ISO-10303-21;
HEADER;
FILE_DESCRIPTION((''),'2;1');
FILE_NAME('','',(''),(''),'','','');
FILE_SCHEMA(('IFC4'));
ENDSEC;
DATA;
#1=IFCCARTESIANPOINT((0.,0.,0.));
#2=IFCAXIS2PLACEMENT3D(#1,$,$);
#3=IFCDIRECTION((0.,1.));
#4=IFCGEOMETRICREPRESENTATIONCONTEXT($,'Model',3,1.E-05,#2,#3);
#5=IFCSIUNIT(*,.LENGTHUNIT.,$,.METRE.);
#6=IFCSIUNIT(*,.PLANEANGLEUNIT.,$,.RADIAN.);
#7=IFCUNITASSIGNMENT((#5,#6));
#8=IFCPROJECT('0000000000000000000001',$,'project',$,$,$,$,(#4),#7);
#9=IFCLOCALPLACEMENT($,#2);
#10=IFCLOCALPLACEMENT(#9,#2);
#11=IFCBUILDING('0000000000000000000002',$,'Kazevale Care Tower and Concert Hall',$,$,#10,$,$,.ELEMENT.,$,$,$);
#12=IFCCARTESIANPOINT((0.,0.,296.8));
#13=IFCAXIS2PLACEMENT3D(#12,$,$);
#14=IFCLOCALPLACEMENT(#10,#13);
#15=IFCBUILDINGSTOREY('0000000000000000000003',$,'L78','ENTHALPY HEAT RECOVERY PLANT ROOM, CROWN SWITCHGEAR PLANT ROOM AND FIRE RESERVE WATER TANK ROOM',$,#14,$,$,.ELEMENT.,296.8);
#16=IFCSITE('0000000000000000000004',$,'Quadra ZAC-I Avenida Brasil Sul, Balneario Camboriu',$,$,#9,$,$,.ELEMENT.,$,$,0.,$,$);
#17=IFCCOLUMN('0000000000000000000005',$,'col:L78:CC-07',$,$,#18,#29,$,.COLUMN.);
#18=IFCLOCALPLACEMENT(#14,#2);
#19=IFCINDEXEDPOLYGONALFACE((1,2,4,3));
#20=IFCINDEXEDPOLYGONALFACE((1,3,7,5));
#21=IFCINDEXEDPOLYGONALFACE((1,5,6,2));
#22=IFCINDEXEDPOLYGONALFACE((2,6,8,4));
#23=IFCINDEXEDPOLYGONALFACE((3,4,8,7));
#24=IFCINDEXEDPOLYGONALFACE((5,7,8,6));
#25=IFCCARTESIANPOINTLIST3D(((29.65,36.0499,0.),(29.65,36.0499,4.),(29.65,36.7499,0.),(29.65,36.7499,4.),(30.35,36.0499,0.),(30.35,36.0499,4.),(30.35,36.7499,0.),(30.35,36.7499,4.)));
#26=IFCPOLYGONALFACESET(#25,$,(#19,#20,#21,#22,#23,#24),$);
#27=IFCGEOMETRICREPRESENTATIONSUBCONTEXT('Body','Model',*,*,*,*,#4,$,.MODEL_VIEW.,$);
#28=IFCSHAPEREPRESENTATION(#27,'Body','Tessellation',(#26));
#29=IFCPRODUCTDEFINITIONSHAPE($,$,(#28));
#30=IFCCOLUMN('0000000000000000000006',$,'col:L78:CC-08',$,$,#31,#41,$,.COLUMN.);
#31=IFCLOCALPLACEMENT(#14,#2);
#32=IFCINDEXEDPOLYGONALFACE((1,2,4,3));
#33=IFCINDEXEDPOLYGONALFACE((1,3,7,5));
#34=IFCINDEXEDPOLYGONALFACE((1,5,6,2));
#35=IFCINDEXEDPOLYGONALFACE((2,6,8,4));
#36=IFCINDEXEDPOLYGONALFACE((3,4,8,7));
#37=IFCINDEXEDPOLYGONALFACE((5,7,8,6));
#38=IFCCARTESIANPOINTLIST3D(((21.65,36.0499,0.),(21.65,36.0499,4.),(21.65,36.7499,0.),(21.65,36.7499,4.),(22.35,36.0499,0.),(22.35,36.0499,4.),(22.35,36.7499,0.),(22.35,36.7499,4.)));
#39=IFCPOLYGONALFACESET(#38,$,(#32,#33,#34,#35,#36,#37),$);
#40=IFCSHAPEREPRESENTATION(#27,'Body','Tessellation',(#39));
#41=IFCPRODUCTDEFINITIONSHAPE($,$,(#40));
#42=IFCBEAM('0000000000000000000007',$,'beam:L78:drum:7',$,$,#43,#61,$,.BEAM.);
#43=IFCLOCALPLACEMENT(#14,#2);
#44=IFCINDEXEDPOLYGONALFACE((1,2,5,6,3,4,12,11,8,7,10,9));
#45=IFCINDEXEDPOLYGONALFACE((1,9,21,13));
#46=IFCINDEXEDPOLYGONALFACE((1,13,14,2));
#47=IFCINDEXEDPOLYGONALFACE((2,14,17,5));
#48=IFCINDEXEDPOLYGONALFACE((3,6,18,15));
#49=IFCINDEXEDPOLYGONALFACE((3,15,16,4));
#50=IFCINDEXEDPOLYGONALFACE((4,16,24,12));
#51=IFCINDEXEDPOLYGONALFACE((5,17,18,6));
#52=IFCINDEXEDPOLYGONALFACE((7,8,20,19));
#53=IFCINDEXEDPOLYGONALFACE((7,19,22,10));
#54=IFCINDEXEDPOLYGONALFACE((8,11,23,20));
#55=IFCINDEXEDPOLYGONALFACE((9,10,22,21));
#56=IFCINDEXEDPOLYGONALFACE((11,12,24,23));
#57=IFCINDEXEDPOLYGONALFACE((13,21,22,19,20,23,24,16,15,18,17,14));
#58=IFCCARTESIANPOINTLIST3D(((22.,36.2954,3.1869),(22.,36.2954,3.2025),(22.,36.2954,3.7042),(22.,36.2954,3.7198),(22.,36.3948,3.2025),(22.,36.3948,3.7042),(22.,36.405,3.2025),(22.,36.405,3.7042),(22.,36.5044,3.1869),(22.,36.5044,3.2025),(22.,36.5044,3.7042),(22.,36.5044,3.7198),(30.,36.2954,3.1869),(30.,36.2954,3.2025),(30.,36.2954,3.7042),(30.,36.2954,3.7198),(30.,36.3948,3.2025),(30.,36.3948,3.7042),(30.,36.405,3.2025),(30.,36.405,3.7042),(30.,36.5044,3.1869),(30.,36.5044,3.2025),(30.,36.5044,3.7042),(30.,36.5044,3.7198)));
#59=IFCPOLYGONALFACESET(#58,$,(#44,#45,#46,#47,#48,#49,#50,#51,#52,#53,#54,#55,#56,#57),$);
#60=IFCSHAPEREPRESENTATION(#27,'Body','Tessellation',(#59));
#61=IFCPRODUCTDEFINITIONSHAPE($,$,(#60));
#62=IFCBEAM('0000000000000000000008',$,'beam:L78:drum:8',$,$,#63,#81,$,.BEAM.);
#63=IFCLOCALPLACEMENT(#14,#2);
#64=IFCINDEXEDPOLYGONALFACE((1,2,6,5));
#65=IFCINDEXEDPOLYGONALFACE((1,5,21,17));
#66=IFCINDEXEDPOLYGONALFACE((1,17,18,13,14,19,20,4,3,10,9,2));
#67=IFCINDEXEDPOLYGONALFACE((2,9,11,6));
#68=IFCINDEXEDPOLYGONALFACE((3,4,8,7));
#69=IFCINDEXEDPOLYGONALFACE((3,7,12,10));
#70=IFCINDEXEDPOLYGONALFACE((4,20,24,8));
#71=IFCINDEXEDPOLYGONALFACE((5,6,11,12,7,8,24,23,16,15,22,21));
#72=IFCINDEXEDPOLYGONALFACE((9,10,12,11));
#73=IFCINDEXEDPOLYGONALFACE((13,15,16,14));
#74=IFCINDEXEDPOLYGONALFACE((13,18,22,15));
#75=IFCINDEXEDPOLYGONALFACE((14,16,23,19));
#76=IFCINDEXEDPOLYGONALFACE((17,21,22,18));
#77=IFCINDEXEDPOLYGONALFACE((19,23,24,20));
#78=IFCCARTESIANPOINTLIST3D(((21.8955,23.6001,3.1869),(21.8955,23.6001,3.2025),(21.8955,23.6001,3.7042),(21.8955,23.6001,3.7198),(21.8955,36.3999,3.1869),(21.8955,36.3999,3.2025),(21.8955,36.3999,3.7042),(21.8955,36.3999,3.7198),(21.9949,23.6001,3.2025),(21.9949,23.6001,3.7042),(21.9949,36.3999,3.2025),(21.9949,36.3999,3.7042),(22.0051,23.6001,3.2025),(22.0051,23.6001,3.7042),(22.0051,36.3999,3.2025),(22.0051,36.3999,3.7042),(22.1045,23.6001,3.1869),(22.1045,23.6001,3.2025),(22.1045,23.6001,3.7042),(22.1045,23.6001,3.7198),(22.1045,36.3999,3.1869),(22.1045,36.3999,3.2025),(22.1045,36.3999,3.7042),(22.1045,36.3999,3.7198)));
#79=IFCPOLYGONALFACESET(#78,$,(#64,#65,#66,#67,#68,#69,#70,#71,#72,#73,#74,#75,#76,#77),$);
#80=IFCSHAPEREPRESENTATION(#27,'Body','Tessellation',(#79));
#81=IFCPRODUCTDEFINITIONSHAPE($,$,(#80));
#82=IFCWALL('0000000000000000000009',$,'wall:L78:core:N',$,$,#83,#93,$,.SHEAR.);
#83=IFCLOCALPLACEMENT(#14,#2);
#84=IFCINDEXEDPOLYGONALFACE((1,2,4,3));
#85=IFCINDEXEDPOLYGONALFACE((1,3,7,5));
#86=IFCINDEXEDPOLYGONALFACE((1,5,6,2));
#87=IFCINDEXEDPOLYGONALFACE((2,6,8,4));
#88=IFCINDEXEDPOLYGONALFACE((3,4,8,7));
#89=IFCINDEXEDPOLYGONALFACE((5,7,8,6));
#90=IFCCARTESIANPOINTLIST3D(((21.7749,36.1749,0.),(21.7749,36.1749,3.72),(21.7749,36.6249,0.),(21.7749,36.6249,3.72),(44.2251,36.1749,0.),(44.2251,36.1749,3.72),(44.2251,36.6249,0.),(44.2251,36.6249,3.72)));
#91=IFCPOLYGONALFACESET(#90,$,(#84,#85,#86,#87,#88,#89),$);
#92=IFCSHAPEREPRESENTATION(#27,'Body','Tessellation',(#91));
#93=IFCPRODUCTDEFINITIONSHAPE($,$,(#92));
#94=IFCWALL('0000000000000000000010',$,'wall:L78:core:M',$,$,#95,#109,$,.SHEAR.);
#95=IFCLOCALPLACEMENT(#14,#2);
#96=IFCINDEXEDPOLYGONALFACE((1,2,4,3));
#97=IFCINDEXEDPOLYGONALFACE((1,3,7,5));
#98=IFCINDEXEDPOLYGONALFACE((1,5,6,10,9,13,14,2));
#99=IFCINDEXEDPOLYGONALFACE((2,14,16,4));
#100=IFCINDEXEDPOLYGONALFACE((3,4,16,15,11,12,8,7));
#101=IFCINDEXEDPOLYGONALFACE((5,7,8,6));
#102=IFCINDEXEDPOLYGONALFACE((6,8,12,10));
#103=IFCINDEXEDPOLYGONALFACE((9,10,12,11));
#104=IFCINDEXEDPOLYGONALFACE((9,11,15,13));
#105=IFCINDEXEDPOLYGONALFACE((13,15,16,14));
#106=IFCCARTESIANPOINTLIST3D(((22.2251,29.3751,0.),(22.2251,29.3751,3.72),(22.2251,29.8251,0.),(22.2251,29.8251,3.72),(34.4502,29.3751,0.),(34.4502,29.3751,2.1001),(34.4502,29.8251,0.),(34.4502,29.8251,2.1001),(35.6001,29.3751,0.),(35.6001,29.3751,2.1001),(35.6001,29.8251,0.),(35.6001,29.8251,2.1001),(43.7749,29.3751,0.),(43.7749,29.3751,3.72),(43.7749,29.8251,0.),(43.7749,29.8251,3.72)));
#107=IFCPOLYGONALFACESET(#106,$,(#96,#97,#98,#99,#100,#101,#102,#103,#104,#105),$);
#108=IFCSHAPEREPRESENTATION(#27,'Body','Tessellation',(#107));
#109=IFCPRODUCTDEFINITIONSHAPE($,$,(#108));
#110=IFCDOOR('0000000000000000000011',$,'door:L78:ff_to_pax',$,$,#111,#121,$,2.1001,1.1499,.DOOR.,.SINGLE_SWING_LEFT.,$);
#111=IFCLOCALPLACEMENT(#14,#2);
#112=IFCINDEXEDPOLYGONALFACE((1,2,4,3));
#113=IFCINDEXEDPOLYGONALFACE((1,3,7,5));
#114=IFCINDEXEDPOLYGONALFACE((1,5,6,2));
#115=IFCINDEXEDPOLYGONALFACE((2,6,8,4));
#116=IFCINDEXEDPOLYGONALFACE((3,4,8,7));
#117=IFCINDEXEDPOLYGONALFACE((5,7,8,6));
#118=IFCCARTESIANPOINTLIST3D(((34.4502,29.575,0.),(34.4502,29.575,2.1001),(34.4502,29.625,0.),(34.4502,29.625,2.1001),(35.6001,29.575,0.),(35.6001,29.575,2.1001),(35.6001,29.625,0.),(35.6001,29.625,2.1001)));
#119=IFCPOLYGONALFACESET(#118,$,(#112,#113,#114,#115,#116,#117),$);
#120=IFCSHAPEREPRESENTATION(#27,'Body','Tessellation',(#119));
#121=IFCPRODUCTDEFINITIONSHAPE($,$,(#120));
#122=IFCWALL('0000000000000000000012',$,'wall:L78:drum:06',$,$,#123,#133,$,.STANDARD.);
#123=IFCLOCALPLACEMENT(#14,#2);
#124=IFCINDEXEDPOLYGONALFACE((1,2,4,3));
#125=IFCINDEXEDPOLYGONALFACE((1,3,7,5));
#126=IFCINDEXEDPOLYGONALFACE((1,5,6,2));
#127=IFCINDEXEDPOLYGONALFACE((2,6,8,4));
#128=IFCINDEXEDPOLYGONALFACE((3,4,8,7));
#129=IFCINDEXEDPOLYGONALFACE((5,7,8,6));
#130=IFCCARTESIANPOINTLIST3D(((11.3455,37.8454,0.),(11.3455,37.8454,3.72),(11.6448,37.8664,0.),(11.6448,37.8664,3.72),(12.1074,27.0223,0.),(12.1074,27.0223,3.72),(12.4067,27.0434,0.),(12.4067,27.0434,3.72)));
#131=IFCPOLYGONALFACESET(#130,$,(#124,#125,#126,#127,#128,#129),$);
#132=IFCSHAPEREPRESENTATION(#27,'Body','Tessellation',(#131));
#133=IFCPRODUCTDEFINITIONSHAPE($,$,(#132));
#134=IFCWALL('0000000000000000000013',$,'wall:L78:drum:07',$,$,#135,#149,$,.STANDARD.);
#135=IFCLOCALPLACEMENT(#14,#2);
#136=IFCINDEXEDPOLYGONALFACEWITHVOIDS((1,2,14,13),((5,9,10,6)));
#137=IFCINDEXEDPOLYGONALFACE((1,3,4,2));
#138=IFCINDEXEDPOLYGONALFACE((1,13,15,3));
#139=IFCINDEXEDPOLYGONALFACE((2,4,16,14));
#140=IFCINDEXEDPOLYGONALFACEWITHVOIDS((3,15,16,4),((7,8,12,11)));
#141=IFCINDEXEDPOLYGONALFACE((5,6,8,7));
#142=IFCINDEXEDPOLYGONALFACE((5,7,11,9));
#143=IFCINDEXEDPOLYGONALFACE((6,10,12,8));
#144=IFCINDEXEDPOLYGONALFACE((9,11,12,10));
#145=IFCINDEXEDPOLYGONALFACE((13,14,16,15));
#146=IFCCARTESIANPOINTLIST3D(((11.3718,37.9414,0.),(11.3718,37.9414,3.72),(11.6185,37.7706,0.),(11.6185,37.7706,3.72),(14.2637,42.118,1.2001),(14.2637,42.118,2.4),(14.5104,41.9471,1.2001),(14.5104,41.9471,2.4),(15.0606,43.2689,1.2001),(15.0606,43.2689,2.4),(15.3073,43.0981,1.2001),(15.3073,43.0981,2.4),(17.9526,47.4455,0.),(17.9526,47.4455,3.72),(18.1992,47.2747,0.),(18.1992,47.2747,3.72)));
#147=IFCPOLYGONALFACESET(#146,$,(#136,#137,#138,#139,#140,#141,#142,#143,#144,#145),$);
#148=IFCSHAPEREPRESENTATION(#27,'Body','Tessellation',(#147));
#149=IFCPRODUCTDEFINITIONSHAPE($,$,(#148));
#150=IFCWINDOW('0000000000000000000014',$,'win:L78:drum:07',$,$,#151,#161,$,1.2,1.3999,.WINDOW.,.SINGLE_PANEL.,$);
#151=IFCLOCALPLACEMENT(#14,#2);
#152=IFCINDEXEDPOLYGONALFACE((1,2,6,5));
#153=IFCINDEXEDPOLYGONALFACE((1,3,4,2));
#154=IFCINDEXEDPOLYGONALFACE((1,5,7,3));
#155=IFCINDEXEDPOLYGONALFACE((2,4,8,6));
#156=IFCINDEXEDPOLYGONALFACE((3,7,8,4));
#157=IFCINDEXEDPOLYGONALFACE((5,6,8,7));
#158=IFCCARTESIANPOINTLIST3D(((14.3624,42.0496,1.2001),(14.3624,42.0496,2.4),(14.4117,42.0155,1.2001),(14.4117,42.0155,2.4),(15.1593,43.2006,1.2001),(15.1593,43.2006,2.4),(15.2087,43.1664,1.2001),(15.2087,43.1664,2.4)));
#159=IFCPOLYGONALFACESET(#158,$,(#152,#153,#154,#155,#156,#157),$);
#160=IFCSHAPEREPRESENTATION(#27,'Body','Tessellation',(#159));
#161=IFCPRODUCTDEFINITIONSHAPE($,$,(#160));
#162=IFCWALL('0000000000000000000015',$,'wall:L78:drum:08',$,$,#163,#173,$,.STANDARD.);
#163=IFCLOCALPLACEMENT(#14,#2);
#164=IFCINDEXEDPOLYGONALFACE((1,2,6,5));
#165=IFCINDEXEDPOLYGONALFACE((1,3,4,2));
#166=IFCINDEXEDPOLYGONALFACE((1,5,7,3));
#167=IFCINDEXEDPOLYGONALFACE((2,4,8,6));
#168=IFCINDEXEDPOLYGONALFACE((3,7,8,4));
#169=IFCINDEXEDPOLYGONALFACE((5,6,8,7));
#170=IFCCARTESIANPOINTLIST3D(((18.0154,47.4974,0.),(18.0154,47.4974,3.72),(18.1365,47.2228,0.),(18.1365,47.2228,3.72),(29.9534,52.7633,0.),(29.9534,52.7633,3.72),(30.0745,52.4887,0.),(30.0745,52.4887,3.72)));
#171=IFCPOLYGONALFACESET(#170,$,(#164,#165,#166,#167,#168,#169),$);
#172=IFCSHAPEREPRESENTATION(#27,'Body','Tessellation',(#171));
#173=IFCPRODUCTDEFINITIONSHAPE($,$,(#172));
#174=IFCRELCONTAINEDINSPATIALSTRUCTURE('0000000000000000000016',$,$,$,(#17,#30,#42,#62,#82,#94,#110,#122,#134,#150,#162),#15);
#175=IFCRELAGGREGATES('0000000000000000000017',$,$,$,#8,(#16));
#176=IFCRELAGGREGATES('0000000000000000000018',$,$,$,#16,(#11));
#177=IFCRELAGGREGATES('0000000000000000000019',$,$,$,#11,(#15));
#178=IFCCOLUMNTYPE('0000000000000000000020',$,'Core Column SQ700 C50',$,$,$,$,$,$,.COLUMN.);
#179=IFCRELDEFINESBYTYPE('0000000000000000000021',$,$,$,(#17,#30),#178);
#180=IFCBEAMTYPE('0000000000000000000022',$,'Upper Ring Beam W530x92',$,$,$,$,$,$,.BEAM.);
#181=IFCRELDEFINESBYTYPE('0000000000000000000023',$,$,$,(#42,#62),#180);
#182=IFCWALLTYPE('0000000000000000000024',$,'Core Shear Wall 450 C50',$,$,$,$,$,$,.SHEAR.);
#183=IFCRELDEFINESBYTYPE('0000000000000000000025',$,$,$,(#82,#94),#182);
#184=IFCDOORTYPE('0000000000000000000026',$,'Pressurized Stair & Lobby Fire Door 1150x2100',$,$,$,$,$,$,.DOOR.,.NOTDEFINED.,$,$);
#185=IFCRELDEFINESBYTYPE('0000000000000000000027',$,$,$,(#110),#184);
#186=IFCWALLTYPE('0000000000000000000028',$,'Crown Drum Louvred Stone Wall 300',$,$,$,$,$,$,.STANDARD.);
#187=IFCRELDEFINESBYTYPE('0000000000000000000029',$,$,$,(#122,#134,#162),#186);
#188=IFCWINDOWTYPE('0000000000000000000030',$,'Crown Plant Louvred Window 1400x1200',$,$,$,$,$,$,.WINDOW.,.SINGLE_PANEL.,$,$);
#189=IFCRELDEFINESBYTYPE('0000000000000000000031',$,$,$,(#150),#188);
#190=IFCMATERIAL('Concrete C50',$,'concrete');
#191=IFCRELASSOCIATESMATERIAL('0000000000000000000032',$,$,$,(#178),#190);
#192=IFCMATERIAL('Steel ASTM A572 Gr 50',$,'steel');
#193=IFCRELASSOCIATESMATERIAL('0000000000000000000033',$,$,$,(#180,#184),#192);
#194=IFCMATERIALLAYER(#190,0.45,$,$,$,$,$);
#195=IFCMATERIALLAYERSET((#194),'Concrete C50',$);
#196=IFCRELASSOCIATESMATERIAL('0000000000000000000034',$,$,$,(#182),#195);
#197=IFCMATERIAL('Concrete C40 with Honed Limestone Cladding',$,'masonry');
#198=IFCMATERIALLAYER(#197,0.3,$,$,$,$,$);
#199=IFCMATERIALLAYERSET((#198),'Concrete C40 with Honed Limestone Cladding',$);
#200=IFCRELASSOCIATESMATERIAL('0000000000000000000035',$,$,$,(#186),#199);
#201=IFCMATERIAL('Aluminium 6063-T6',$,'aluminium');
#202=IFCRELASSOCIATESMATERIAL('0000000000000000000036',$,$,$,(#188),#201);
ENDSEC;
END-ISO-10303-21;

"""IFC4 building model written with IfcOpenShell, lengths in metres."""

from ifc_helpers import new_model, si_unit, direction, frame, frame_2d, origin, origin_2d, place, context, subcontext, project, spatial, rectangle, i_section, extrude, material, layer, layer_set, material_profile, profile_set, type_object, element, fill, save


model = new_model("IFC4")

# Units and contexts
model_context = context("Model", 3, precision=1e-05, world=origin(), true_north=direction((0.0, 1.0)))
body_context = subcontext(model_context, "Body", "Model", "MODEL_VIEW")
ifc_project = project(units=[si_unit("LENGTHUNIT", "METRE"), si_unit("PLANEANGLEUNIT", "RADIAN")], contexts=[model_context])

# Site, building, storey
site_placement = place(None, origin())
site = spatial("IfcSite", under=ifc_project, at=site_placement, Name="Quadra ZAC-I Avenida Brasil Sul, Balneario Camboriu", CompositionType="ELEMENT", RefElevation=0.0)
building_placement = place(site_placement, origin())
building = spatial("IfcBuilding", under=site, at=building_placement, Name="Kazevale Care Tower and Concert Hall", CompositionType="ELEMENT")
storey_placement = place(building_placement, frame((0.0, 0.0, 296.8)))
storey = spatial("IfcBuildingStorey", under=building, at=storey_placement, Name="L78", Description="ENTHALPY HEAT RECOVERY PLANT ROOM, CROWN SWITCHGEAR PLANT ROOM AND FIRE RESERVE WATER TANK ROOM", CompositionType="ELEMENT", Elevation=296.8)

# Columns
ifc_material_1 = material(Name="Concrete C50", Category="concrete")
ifc_material_profile_1 = material_profile(ifc_material_1, rectangle(XDim=0.7, YDim=0.7, at=origin_2d()), Name="RC-SQ700")
ifc_profile_set_1 = profile_set([ifc_material_profile_1], Name="Concrete C50")
column_type = type_object("IfcColumnType", Name="Core Column SQ700 C50", PredefinedType="COLUMN", material=ifc_profile_set_1)
for number, where, z_axis, x_axis, name in (
    (1, (30.0, 36.3999, 0.0), (0.0, 0.0, 1.0), (1.0, 0.0, 0.0), "col:L78:CC-07"),
    (2, (22.0, 36.3999, 0.0), (0.0, 0.0, 1.0), (1.0, 0.0, 0.0), "col:L78:CC-08"),
):
    element("IfcColumn", number, at=place(storey_placement, frame(where, z_axis=z_axis, x_axis=x_axis)), inside=storey, type_object=column_type, Name=name, PredefinedType="COLUMN", context=body_context, shape_type="SweptSolid", body=[
        extrude(rectangle(XDim=0.7, YDim=0.7, at=origin_2d()), origin(), (0.0, 0.0, 1.0), 4.0),
    ])

# Beams
ifc_material_2 = material(Name="Steel ASTM A572 Gr 50", Category="steel")
ifc_material_profile_2 = material_profile(ifc_material_2, i_section(OverallWidth=0.209, OverallDepth=0.533, WebThickness=0.0103, FlangeThickness=0.0156, at=origin_2d()), Name="W530x92")
ifc_profile_set_2 = profile_set([ifc_material_profile_2], Name="Steel ASTM A572 Gr 50")
beam_type = type_object("IfcBeamType", Name="Upper Ring Beam W530x92", PredefinedType="BEAM", material=ifc_profile_set_2)
beam_1_placement = place(storey_placement, frame((30.0, 36.3999, 3.4534), z_axis=(-1.0, 0.0, 0.0), x_axis=(0.0, -1.0, 0.0)))
element("IfcBeam", 3, at=beam_1_placement, inside=storey, type_object=beam_type, Name="beam:L78:drum:7", PredefinedType="BEAM", context=body_context, shape_type="SweptSolid", body=[
    extrude(i_section(OverallWidth=0.209, OverallDepth=0.533, WebThickness=0.0103, FlangeThickness=0.0156, at=origin_2d()), origin(), (0.0, 0.0, 1.0), 8.0),
])
beam_2_placement = place(storey_placement, frame((22.0, 36.3999, 3.4534), z_axis=(0.0, -1.0, 0.0), x_axis=(1.0, 0.0, 0.0)))
element("IfcBeam", 4, at=beam_2_placement, inside=storey, type_object=beam_type, Name="beam:L78:drum:8", PredefinedType="BEAM", context=body_context, shape_type="SweptSolid", body=[
    extrude(i_section(OverallWidth=0.209, OverallDepth=0.533, WebThickness=0.0103, FlangeThickness=0.0156, at=origin_2d()), origin(), (0.0, 0.0, 1.0), 12.7998),
])

# Wall
ifc_layer_1 = layer(ifc_material_1, 0.45)
ifc_layer_set_1 = layer_set([ifc_layer_1], Name="Concrete C50")
wall_type_1 = type_object("IfcWallType", Name="Core Shear Wall 450 C50", PredefinedType="SHEAR", material=ifc_layer_set_1)
wall_1_placement = place(storey_placement, frame((21.7749, 36.3999, 0.0), z_axis=(0.0, 0.0, 1.0), x_axis=(1.0, 0.0, 0.0)))
element("IfcWall", 5, at=wall_1_placement, inside=storey, type_object=wall_type_1, Name="wall:L78:core:N", PredefinedType="SHEAR", context=body_context, shape_type="SweptSolid", body=[
    extrude(rectangle(XDim=22.4502, YDim=0.45, at=frame_2d((11.2251, 0.0))), origin(), (0.0, 0.0, 1.0), 3.72),
])

# Wall, opening, door
wall_2_placement = place(storey_placement, frame((22.2251, 29.6001, 0.0), z_axis=(0.0, 0.0, 1.0), x_axis=(1.0, 0.0, 0.0)))
wall_2 = element("IfcWall", 6, at=wall_2_placement, inside=storey, type_object=wall_type_1, Name="wall:L78:core:M", PredefinedType="SHEAR", context=body_context, shape_type="SweptSolid", body=[
    extrude(rectangle(XDim=21.5498, YDim=0.45, at=frame_2d((10.7749, 0.0))), origin(), (0.0, 0.0, 1.0), 3.72),
])
opening_1_placement = place(wall_2_placement, frame((12.2251, 0.0, 0.0)))
opening_1 = element("IfcOpeningElement", 7, at=opening_1_placement, cuts=wall_2, PredefinedType="OPENING", context=body_context, shape_type="SweptSolid", body=[
    extrude(rectangle(XDim=1.1499, YDim=2.1001, at=frame_2d((0.575, 1.05))), frame((0.0, 0.2349, 0.0), z_axis=(0.0, -1.0, 0.0), x_axis=(1.0, 0.0, 0.0)), (0.0, 0.0, 1.0), 0.47),
])
door_type_1 = type_object("IfcDoorType", Name="Pressurized Stair & Lobby Fire Door 1150x2100", OperationType="NOTDEFINED", PredefinedType="DOOR", material=ifc_material_2)
door_1_placement = place(opening_1_placement, origin())
door_1 = element("IfcDoor", 8, at=door_1_placement, inside=storey, type_object=door_type_1, Name="door:L78:ff_to_pax", OperationType="SINGLE_SWING_LEFT", OverallHeight=2.1001, OverallWidth=1.1499, PredefinedType="DOOR", context=body_context, shape_type="SweptSolid", body=[
    extrude(rectangle(XDim=1.1499, YDim=2.1001, at=frame_2d((0.575, 1.05))), frame((0.0, 0.0249, 0.0), z_axis=(0.0, -1.0, 0.0), x_axis=(1.0, 0.0, 0.0)), (0.0, 0.0, 1.0), 0.05),
])
fill(opening_1, door_1)

# Wall
ifc_material_3 = material(Name="Concrete C40 with Honed Limestone Cladding", Category="masonry")
ifc_layer_2 = layer(ifc_material_3, 0.3)
ifc_layer_set_2 = layer_set([ifc_layer_2], Name="Concrete C40 with Honed Limestone Cladding")
wall_type_2 = type_object("IfcWallType", Name="Crown Drum Louvred Stone Wall 300", PredefinedType="STANDARD", material=ifc_layer_set_2)
wall_3_placement = place(storey_placement, frame((12.2571, 27.033, 0.0), z_axis=(0.0, 0.0, 1.0), x_axis=(-0.070228, 0.997531, 0.0)))
element("IfcWall", 9, at=wall_3_placement, inside=storey, type_object=wall_type_2, Name="wall:L78:drum:06", PredefinedType="STANDARD", context=body_context, shape_type="SweptSolid", body=[
    extrude(rectangle(XDim=10.8499, YDim=0.3, at=frame_2d((5.4248, 0.0))), origin(), (0.0, 0.0, 1.0), 3.72),
])

# Wall, opening, window
wall_4_placement = place(storey_placement, frame((11.4951, 37.856, 0.0), z_axis=(0.0, 0.0, 1.0), x_axis=(0.569269, 0.822151, 0.0)))
wall_4 = element("IfcWall", 10, at=wall_4_placement, inside=storey, type_object=wall_type_2, Name="wall:L78:drum:07", PredefinedType="STANDARD", context=body_context, shape_type="SweptSolid", body=[
    extrude(rectangle(XDim=11.5601, YDim=0.3, at=frame_2d((5.78, 0.0))), origin(), (0.0, 0.0, 1.0), 3.72),
])
opening_2_placement = place(wall_4_placement, frame((5.0801, 0.0, 1.2)))
opening_2 = element("IfcOpeningElement", 11, at=opening_2_placement, cuts=wall_4, PredefinedType="OPENING", context=body_context, shape_type="SweptSolid", body=[
    extrude(rectangle(XDim=1.3999, YDim=1.2, at=frame_2d((0.7, 0.6001))), frame((0.0, 0.1599, 0.0), z_axis=(0.0, -1.0, 0.0), x_axis=(1.0, 0.0, 0.0)), (0.0, 0.0, 1.0), 0.3201),
])
ifc_material_4 = material(Name="Aluminium 6063-T6", Category="aluminium")
window_type = type_object("IfcWindowType", Name="Crown Plant Louvred Window 1400x1200", PartitioningType="SINGLE_PANEL", PredefinedType="WINDOW", material=ifc_material_4)
window_1_placement = place(opening_2_placement, origin())
window_1 = element("IfcWindow", 12, at=window_1_placement, inside=storey, type_object=window_type, Name="win:L78:drum:07", OverallHeight=1.2, OverallWidth=1.3999, PartitioningType="SINGLE_PANEL", PredefinedType="WINDOW", context=body_context, shape_type="SweptSolid", body=[
    extrude(rectangle(XDim=1.3999, YDim=1.2, at=frame_2d((0.7, 0.6001))), frame((0.0, 0.03, 0.0), z_axis=(0.0, -1.0, 0.0), x_axis=(1.0, 0.0, 0.0)), (0.0, 0.0, 1.0), 0.0601),
])
fill(opening_2, window_1)

# Wall
wall_5_placement = place(storey_placement, frame((18.0759, 47.3601, 0.0), z_axis=(0.0, 0.0, 1.0), x_axis=(0.914943, 0.403583, 0.0)))
element("IfcWall", 13, at=wall_5_placement, inside=storey, type_object=wall_type_2, Name="wall:L78:drum:08", PredefinedType="STANDARD", context=body_context, shape_type="SweptSolid", body=[
    extrude(rectangle(XDim=13.0479, YDim=0.3, at=frame_2d((6.5239, 0.0))), origin(), (0.0, 0.0, 1.0), 3.72),
])

save(model, "model.ifc")
